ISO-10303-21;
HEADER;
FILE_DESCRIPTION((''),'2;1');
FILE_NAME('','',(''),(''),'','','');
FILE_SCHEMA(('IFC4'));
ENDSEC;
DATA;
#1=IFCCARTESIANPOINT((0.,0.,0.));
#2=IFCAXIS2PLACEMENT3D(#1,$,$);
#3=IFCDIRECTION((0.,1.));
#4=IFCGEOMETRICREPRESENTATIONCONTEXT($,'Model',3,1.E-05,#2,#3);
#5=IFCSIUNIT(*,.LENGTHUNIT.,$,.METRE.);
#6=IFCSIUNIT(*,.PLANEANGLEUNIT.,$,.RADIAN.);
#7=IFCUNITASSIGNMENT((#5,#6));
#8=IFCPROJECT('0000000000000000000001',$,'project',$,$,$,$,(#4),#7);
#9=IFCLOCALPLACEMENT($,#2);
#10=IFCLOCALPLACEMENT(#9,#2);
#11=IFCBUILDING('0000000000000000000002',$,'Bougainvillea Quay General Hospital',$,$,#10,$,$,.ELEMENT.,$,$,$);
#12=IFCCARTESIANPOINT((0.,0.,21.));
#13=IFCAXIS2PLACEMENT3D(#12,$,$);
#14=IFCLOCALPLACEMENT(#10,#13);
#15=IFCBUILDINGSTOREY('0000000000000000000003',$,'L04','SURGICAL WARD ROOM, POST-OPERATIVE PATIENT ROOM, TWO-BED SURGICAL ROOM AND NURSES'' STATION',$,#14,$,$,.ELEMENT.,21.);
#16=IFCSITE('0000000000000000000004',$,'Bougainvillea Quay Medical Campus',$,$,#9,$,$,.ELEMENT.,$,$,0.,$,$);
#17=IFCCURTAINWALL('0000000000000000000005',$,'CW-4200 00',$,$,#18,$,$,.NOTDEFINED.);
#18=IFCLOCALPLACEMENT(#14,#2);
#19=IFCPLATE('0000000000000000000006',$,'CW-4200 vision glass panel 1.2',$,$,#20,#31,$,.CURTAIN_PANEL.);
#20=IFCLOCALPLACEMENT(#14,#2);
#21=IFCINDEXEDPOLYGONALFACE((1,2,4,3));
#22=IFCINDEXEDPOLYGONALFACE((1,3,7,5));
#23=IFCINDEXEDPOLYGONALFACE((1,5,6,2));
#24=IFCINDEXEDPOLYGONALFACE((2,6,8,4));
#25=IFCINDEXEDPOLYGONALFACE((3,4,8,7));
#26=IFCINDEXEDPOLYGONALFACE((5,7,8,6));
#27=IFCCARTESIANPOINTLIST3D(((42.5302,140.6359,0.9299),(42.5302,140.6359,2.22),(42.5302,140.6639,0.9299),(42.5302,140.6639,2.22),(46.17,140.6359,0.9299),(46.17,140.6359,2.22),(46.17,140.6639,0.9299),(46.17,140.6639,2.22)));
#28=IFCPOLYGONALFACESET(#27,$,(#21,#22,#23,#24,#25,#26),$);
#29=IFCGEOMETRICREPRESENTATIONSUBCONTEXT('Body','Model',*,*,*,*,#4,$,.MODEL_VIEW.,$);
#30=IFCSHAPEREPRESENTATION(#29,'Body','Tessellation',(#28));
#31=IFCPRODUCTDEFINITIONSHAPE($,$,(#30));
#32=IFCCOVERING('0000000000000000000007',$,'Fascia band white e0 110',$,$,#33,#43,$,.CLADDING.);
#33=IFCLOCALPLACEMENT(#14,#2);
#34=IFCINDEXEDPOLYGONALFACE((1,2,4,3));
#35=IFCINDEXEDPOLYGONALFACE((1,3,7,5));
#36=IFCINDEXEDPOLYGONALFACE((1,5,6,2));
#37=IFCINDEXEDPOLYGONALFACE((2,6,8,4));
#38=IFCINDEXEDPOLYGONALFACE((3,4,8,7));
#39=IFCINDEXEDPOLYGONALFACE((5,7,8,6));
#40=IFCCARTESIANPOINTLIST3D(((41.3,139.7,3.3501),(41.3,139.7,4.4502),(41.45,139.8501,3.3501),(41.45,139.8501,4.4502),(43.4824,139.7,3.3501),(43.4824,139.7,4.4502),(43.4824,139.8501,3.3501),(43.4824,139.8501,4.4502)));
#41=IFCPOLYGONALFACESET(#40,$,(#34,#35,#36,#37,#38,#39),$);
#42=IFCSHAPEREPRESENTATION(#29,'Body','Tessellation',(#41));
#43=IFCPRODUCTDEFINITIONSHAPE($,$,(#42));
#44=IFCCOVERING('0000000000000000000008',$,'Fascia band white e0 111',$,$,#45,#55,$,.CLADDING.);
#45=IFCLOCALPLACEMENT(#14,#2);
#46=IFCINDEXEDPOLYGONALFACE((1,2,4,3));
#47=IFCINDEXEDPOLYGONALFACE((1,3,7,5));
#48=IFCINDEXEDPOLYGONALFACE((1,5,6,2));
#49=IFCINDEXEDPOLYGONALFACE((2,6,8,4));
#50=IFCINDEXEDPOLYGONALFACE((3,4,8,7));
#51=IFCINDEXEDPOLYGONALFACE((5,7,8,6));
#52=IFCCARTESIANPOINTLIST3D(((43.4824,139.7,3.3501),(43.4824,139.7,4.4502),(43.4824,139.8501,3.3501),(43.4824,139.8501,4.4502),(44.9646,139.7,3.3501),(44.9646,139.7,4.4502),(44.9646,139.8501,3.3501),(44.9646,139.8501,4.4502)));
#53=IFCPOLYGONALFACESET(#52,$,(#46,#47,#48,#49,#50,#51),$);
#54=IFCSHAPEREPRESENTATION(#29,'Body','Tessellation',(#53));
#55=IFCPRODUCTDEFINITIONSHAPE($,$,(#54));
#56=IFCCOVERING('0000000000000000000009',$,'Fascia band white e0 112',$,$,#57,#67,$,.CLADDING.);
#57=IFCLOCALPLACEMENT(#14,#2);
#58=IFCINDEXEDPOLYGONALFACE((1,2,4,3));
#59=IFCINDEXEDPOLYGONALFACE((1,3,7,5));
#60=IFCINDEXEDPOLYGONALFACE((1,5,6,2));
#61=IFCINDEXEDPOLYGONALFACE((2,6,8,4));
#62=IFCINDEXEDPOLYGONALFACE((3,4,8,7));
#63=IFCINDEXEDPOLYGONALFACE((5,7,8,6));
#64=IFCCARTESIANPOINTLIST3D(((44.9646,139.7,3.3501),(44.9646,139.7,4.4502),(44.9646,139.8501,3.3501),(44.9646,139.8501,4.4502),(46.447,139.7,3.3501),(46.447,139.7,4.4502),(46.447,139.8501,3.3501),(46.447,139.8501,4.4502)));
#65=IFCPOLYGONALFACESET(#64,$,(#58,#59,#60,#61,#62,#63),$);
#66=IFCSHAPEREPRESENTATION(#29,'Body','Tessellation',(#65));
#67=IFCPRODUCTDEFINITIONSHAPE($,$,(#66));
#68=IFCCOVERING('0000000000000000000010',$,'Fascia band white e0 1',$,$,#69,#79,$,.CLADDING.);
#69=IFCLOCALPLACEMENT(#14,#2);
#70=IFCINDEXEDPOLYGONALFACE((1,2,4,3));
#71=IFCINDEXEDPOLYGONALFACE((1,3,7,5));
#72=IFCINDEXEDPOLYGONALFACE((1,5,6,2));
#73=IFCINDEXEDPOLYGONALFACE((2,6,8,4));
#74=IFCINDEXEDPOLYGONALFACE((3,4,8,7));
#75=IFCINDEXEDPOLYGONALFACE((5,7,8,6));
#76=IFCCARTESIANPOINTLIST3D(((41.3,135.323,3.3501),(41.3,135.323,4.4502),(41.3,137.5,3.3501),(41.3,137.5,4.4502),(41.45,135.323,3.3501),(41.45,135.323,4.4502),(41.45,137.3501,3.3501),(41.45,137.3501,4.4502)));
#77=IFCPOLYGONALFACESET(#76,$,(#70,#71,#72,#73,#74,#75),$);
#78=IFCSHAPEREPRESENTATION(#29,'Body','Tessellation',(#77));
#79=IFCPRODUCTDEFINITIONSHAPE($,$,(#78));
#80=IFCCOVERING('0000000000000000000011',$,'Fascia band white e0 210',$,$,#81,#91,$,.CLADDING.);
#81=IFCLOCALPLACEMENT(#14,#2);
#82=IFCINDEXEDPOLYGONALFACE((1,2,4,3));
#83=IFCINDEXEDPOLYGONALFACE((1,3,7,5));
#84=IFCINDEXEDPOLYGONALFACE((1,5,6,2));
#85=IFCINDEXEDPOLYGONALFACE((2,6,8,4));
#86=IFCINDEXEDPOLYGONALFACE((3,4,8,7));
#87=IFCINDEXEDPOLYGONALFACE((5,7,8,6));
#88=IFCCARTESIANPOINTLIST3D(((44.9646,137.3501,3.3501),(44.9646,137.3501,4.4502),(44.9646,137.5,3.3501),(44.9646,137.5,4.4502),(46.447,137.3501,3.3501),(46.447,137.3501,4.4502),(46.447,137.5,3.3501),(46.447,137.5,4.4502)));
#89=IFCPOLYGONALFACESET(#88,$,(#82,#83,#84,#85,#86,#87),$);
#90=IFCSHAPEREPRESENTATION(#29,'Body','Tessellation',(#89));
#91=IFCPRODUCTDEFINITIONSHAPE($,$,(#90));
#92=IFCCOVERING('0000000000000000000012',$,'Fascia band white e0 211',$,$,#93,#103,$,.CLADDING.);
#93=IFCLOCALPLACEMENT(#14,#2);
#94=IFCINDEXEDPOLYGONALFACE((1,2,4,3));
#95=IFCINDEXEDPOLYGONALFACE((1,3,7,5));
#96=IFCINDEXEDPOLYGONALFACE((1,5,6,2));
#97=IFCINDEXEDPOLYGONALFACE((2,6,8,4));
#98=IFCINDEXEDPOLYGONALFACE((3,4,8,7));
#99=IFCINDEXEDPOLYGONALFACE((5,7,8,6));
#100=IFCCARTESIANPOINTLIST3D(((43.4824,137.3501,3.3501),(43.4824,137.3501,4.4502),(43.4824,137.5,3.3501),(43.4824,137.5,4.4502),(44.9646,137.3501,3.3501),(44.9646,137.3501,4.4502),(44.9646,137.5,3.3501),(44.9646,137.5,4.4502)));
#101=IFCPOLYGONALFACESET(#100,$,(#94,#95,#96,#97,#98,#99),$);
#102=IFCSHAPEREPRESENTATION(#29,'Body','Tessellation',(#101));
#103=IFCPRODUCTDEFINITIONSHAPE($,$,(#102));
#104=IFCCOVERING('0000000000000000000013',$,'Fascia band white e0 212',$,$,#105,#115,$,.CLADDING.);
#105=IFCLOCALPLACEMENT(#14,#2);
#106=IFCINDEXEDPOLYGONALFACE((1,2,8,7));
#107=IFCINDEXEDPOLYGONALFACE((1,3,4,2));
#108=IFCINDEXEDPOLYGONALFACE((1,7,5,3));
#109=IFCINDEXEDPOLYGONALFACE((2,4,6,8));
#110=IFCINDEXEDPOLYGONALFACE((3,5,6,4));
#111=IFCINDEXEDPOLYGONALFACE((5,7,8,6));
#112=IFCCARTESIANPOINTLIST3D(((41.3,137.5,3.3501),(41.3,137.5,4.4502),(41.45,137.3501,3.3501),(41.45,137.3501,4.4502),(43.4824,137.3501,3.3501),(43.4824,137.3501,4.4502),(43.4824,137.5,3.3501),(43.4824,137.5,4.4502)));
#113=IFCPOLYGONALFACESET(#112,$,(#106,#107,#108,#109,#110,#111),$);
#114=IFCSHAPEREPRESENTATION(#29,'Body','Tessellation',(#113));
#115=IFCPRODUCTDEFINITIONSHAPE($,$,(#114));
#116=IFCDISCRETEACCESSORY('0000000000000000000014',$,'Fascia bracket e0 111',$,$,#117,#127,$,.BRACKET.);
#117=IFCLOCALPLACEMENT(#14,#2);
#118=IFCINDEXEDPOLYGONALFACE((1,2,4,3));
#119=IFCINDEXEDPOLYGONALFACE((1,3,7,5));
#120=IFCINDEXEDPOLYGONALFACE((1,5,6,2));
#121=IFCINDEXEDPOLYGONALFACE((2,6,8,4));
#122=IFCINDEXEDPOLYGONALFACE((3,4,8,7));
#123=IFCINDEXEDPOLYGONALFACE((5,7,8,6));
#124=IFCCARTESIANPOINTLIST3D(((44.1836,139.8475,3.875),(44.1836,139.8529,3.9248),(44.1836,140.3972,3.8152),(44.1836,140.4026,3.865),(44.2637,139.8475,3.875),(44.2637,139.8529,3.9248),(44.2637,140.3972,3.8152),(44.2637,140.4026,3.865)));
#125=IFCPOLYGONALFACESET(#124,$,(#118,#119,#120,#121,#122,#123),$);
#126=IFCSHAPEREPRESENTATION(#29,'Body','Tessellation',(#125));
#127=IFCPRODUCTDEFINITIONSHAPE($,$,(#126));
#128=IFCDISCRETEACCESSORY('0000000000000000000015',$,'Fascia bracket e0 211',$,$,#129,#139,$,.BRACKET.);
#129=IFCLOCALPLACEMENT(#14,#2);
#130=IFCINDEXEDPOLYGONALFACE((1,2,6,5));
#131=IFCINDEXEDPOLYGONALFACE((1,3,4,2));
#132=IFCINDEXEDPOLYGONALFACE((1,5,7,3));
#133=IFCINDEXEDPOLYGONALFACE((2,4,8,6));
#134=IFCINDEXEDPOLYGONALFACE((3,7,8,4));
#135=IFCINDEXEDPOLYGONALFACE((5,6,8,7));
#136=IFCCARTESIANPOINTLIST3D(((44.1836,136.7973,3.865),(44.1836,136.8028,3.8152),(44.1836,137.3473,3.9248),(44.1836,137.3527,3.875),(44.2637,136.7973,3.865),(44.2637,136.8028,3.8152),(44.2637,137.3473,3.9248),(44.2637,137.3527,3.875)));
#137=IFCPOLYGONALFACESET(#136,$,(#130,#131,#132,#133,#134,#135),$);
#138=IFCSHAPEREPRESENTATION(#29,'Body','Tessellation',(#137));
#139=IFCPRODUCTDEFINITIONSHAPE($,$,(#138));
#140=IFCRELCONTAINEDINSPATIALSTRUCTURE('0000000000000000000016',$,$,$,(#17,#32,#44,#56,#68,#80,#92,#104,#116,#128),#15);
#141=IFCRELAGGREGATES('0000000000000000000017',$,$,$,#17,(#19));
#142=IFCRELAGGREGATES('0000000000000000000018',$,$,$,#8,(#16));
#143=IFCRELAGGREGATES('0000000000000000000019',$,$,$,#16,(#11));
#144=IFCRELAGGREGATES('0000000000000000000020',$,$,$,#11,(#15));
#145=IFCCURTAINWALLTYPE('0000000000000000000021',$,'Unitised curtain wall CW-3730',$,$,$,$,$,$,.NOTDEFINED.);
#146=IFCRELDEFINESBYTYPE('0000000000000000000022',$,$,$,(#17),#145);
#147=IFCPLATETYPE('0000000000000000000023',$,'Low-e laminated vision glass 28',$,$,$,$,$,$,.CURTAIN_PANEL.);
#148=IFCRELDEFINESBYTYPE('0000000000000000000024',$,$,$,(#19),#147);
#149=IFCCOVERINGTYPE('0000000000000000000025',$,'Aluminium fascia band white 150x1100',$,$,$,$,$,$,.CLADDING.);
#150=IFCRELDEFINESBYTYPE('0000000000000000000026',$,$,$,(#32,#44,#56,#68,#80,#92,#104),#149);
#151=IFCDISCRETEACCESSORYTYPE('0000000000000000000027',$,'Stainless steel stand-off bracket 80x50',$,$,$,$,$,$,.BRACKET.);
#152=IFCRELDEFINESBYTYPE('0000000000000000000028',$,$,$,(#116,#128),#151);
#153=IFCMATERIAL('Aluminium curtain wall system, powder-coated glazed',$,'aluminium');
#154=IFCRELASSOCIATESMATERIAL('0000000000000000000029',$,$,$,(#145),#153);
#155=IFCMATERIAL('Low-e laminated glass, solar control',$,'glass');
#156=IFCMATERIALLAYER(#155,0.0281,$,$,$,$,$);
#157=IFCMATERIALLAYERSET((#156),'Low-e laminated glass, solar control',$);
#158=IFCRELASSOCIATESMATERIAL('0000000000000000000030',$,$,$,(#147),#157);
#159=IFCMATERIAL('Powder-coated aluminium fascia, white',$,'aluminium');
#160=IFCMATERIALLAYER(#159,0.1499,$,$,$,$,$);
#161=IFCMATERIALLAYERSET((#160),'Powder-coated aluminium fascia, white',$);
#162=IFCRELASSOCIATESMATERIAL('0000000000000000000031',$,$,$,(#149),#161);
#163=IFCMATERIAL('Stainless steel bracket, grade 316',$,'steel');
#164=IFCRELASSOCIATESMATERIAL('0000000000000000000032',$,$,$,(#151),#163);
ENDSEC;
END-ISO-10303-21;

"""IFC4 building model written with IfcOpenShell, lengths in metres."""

from ifc_helpers import new_model, si_unit, direction, frame, origin, origin_2d, place, context, subcontext, project, spatial, polyline, rectangle, outline, extrude, material, layer, layer_set, material_profile, profile_set, type_object, element, aggregate, save


model = new_model("IFC4")

# Units and contexts
model_context = context("Model", 3, precision=1e-05, world=origin(), true_north=direction((0.0, 1.0)))
body_context = subcontext(model_context, "Body", "Model", "MODEL_VIEW")
ifc_project = project(units=[si_unit("LENGTHUNIT", "METRE"), si_unit("PLANEANGLEUNIT", "RADIAN")], contexts=[model_context])

# Site, building, storey
site_placement = place(None, origin())
site = spatial("IfcSite", under=ifc_project, at=site_placement, Name="Bougainvillea Quay Medical Campus", CompositionType="ELEMENT", RefElevation=0.0)
building_placement = place(site_placement, origin())
building = spatial("IfcBuilding", under=site, at=building_placement, Name="Bougainvillea Quay General Hospital", CompositionType="ELEMENT")
storey_placement = place(building_placement, frame((0.0, 0.0, 21.0)))
storey = spatial("IfcBuildingStorey", under=building, at=storey_placement, Name="L04", Description="SURGICAL WARD ROOM, POST-OPERATIVE PATIENT ROOM, TWO-BED SURGICAL ROOM AND NURSES' STATION", CompositionType="ELEMENT", Elevation=21.0)

# Curtain wall
ifc_material_1 = material(Name="Aluminium curtain wall system, powder-coated glazed", Category="aluminium")
curtain_wall_type = type_object("IfcCurtainWallType", Name="Unitised curtain wall CW-3730", PredefinedType="NOTDEFINED", material=ifc_material_1)
curtain_wall_placement = place(storey_placement, origin())
curtain_wall = element("IfcCurtainWall", 1, at=curtain_wall_placement, inside=storey, type_object=curtain_wall_type, Name="CW-4200 00", PredefinedType="NOTDEFINED")

# Plate
ifc_material_2 = material(Name="Low-e laminated glass, solar control", Category="glass")
ifc_layer_1 = layer(ifc_material_2, 0.0281)
ifc_layer_set_1 = layer_set([ifc_layer_1], Name="Low-e laminated glass, solar control")
plate_type_1 = type_object("IfcPlateType", Name="Low-e laminated vision glass 28", PredefinedType="CURTAIN_PANEL", material=ifc_layer_set_1)
plate_1_placement = place(storey_placement, frame((44.3501, 140.6499, 0.9299), z_axis=(0.0, 0.0, 1.0), x_axis=(1.0, 0.0, 0.0)))
plate_1 = element("IfcPlate", 2, at=plate_1_placement, type_object=plate_type_1, Name="CW-4200 vision glass panel 1.2", PredefinedType="CURTAIN_PANEL", context=body_context, shape_type="SweptSolid", body=[
    extrude(rectangle(XDim=3.6399, YDim=0.0281, at=origin_2d()), origin(), (0.0, 0.0, 1.0), 1.29),
])
aggregate(curtain_wall, [plate_1])

# Coverings
ifc_material_3 = material(Name="Powder-coated aluminium fascia, white", Category="aluminium")
ifc_layer_2 = layer(ifc_material_3, 0.1499)
ifc_layer_set_2 = layer_set([ifc_layer_2], Name="Powder-coated aluminium fascia, white")
covering_type = type_object("IfcCoveringType", Name="Aluminium fascia band white 150x1100", PredefinedType="CLADDING", material=ifc_layer_set_2)
covering_1_placement = place(storey_placement, frame((41.45, 139.8501, 3.3501), z_axis=(0.0, 0.0, 1.0), x_axis=(1.0, 0.0, 0.0)))
element("IfcCovering", 3, at=covering_1_placement, inside=storey, type_object=covering_type, Name="Fascia band white e0 110", PredefinedType="CLADDING", context=body_context, shape_type="SweptSolid", body=[
    extrude(outline(polyline([(0.0, 0.0), (2.0325, 0.0), (2.0325, -0.1501), (-0.1499, -0.1501), (0.0, 0.0)])), origin(), (0.0, 0.0, 1.0), 1.1001),
])
covering_2_placement = place(storey_placement, frame((43.4824, 139.8501, 3.3501), z_axis=(0.0, 0.0, 1.0), x_axis=(1.0, 0.0, 0.0)))
element("IfcCovering", 4, at=covering_2_placement, inside=storey, type_object=covering_type, Name="Fascia band white e0 111", PredefinedType="CLADDING", context=body_context, shape_type="SweptSolid", body=[
    extrude(outline(polyline([(0.0, 0.0), (1.4822, 0.0), (1.4822, -0.1501), (0.0, -0.1501), (0.0, 0.0)])), origin(), (0.0, 0.0, 1.0), 1.1001),
])
covering_3_placement = place(storey_placement, frame((44.9646, 139.8501, 3.3501), z_axis=(0.0, 0.0, 1.0), x_axis=(1.0, 0.0, 0.0)))
element("IfcCovering", 5, at=covering_3_placement, inside=storey, type_object=covering_type, Name="Fascia band white e0 112", PredefinedType="CLADDING", context=body_context, shape_type="SweptSolid", body=[
    extrude(outline(polyline([(0.0, 0.0), (1.4824, 0.0), (1.4824, -0.1501), (0.0, -0.1501), (0.0, 0.0)])), origin(), (0.0, 0.0, 1.0), 1.1001),
])
covering_4_placement = place(storey_placement, frame((41.45, 137.3501, 3.3501), z_axis=(0.0, 0.0, 1.0), x_axis=(0.0, -1.0, 0.0)))
element("IfcCovering", 6, at=covering_4_placement, inside=storey, type_object=covering_type, Name="Fascia band white e0 1", PredefinedType="CLADDING", context=body_context, shape_type="SweptSolid", body=[
    extrude(outline(polyline([(0.0, 0.0), (2.0271, 0.0), (2.0271, -0.1499), (-0.1499, -0.1499), (0.0, 0.0)])), origin(), (0.0, 0.0, 1.0), 1.1001),
])
covering_5_placement = place(storey_placement, frame((46.447, 137.3501, 3.3501), z_axis=(0.0, 0.0, 1.0), x_axis=(-1.0, 0.0, 0.0)))
element("IfcCovering", 7, at=covering_5_placement, inside=storey, type_object=covering_type, Name="Fascia band white e0 210", PredefinedType="CLADDING", context=body_context, shape_type="SweptSolid", body=[
    extrude(outline(polyline([(0.0, 0.0), (1.4824, 0.0), (1.4824, -0.1499), (0.0, -0.1499), (0.0, 0.0)])), origin(), (0.0, 0.0, 1.0), 1.1001),
])
covering_6_placement = place(storey_placement, frame((44.9646, 137.3501, 3.3501), z_axis=(0.0, 0.0, 1.0), x_axis=(-1.0, 0.0, 0.0)))
element("IfcCovering", 8, at=covering_6_placement, inside=storey, type_object=covering_type, Name="Fascia band white e0 211", PredefinedType="CLADDING", context=body_context, shape_type="SweptSolid", body=[
    extrude(outline(polyline([(0.0, 0.0), (1.4822, 0.0), (1.4822, -0.1499), (0.0, -0.1499), (0.0, 0.0)])), origin(), (0.0, 0.0, 1.0), 1.1001),
])
covering_7_placement = place(storey_placement, frame((43.4824, 137.3501, 3.3501), z_axis=(0.0, 0.0, 1.0), x_axis=(-1.0, 0.0, 0.0)))
element("IfcCovering", 9, at=covering_7_placement, inside=storey, type_object=covering_type, Name="Fascia band white e0 212", PredefinedType="CLADDING", context=body_context, shape_type="SweptSolid", body=[
    extrude(outline(polyline([(0.0, 0.0), (2.0325, 0.0), (2.1824, -0.1499), (0.0, -0.1499), (0.0, 0.0)])), origin(), (0.0, 0.0, 1.0), 1.1001),
])

# Discrete accessories
ifc_material_4 = material(Name="Stainless steel bracket, grade 316", Category="steel")
ifc_material_profile_1 = material_profile(ifc_material_4, rectangle(XDim=0.0801, YDim=0.05, at=origin_2d()))
ifc_profile_set_1 = profile_set([ifc_material_profile_1], Name="Stainless steel bracket, grade 316")
discrete_accessory_type = type_object("IfcDiscreteAccessoryType", Name="Stainless steel stand-off bracket 80x50", PredefinedType="BRACKET", material=ifc_profile_set_1)
discrete_accessory_1_placement = place(storey_placement, frame((44.2236, 140.3999, 3.8401), z_axis=(0.0, -0.994134, 0.108154), x_axis=(1.0, 0.0, 0.0)))
element("IfcDiscreteAccessory", 10, at=discrete_accessory_1_placement, inside=storey, type_object=discrete_accessory_type, Name="Fascia bracket e0 111", PredefinedType="BRACKET", context=body_context, shape_type="SweptSolid", body=[
    extrude(rectangle(XDim=0.0801, YDim=0.05, at=origin_2d()), origin(), (0.0, 0.0, 1.0), 0.553),
])
discrete_accessory_2_placement = place(storey_placement, frame((44.2236, 136.8, 3.8401), z_axis=(0.0, 0.994139, 0.108107), x_axis=(-1.0, 0.0, 0.0)))
element("IfcDiscreteAccessory", 11, at=discrete_accessory_2_placement, inside=storey, type_object=discrete_accessory_type, Name="Fascia bracket e0 211", PredefinedType="BRACKET", context=body_context, shape_type="SweptSolid", body=[
    extrude(rectangle(XDim=0.0801, YDim=0.05, at=origin_2d()), origin(), (0.0, 0.0, 1.0), 0.5532),
])

save(model, "model.ifc")
